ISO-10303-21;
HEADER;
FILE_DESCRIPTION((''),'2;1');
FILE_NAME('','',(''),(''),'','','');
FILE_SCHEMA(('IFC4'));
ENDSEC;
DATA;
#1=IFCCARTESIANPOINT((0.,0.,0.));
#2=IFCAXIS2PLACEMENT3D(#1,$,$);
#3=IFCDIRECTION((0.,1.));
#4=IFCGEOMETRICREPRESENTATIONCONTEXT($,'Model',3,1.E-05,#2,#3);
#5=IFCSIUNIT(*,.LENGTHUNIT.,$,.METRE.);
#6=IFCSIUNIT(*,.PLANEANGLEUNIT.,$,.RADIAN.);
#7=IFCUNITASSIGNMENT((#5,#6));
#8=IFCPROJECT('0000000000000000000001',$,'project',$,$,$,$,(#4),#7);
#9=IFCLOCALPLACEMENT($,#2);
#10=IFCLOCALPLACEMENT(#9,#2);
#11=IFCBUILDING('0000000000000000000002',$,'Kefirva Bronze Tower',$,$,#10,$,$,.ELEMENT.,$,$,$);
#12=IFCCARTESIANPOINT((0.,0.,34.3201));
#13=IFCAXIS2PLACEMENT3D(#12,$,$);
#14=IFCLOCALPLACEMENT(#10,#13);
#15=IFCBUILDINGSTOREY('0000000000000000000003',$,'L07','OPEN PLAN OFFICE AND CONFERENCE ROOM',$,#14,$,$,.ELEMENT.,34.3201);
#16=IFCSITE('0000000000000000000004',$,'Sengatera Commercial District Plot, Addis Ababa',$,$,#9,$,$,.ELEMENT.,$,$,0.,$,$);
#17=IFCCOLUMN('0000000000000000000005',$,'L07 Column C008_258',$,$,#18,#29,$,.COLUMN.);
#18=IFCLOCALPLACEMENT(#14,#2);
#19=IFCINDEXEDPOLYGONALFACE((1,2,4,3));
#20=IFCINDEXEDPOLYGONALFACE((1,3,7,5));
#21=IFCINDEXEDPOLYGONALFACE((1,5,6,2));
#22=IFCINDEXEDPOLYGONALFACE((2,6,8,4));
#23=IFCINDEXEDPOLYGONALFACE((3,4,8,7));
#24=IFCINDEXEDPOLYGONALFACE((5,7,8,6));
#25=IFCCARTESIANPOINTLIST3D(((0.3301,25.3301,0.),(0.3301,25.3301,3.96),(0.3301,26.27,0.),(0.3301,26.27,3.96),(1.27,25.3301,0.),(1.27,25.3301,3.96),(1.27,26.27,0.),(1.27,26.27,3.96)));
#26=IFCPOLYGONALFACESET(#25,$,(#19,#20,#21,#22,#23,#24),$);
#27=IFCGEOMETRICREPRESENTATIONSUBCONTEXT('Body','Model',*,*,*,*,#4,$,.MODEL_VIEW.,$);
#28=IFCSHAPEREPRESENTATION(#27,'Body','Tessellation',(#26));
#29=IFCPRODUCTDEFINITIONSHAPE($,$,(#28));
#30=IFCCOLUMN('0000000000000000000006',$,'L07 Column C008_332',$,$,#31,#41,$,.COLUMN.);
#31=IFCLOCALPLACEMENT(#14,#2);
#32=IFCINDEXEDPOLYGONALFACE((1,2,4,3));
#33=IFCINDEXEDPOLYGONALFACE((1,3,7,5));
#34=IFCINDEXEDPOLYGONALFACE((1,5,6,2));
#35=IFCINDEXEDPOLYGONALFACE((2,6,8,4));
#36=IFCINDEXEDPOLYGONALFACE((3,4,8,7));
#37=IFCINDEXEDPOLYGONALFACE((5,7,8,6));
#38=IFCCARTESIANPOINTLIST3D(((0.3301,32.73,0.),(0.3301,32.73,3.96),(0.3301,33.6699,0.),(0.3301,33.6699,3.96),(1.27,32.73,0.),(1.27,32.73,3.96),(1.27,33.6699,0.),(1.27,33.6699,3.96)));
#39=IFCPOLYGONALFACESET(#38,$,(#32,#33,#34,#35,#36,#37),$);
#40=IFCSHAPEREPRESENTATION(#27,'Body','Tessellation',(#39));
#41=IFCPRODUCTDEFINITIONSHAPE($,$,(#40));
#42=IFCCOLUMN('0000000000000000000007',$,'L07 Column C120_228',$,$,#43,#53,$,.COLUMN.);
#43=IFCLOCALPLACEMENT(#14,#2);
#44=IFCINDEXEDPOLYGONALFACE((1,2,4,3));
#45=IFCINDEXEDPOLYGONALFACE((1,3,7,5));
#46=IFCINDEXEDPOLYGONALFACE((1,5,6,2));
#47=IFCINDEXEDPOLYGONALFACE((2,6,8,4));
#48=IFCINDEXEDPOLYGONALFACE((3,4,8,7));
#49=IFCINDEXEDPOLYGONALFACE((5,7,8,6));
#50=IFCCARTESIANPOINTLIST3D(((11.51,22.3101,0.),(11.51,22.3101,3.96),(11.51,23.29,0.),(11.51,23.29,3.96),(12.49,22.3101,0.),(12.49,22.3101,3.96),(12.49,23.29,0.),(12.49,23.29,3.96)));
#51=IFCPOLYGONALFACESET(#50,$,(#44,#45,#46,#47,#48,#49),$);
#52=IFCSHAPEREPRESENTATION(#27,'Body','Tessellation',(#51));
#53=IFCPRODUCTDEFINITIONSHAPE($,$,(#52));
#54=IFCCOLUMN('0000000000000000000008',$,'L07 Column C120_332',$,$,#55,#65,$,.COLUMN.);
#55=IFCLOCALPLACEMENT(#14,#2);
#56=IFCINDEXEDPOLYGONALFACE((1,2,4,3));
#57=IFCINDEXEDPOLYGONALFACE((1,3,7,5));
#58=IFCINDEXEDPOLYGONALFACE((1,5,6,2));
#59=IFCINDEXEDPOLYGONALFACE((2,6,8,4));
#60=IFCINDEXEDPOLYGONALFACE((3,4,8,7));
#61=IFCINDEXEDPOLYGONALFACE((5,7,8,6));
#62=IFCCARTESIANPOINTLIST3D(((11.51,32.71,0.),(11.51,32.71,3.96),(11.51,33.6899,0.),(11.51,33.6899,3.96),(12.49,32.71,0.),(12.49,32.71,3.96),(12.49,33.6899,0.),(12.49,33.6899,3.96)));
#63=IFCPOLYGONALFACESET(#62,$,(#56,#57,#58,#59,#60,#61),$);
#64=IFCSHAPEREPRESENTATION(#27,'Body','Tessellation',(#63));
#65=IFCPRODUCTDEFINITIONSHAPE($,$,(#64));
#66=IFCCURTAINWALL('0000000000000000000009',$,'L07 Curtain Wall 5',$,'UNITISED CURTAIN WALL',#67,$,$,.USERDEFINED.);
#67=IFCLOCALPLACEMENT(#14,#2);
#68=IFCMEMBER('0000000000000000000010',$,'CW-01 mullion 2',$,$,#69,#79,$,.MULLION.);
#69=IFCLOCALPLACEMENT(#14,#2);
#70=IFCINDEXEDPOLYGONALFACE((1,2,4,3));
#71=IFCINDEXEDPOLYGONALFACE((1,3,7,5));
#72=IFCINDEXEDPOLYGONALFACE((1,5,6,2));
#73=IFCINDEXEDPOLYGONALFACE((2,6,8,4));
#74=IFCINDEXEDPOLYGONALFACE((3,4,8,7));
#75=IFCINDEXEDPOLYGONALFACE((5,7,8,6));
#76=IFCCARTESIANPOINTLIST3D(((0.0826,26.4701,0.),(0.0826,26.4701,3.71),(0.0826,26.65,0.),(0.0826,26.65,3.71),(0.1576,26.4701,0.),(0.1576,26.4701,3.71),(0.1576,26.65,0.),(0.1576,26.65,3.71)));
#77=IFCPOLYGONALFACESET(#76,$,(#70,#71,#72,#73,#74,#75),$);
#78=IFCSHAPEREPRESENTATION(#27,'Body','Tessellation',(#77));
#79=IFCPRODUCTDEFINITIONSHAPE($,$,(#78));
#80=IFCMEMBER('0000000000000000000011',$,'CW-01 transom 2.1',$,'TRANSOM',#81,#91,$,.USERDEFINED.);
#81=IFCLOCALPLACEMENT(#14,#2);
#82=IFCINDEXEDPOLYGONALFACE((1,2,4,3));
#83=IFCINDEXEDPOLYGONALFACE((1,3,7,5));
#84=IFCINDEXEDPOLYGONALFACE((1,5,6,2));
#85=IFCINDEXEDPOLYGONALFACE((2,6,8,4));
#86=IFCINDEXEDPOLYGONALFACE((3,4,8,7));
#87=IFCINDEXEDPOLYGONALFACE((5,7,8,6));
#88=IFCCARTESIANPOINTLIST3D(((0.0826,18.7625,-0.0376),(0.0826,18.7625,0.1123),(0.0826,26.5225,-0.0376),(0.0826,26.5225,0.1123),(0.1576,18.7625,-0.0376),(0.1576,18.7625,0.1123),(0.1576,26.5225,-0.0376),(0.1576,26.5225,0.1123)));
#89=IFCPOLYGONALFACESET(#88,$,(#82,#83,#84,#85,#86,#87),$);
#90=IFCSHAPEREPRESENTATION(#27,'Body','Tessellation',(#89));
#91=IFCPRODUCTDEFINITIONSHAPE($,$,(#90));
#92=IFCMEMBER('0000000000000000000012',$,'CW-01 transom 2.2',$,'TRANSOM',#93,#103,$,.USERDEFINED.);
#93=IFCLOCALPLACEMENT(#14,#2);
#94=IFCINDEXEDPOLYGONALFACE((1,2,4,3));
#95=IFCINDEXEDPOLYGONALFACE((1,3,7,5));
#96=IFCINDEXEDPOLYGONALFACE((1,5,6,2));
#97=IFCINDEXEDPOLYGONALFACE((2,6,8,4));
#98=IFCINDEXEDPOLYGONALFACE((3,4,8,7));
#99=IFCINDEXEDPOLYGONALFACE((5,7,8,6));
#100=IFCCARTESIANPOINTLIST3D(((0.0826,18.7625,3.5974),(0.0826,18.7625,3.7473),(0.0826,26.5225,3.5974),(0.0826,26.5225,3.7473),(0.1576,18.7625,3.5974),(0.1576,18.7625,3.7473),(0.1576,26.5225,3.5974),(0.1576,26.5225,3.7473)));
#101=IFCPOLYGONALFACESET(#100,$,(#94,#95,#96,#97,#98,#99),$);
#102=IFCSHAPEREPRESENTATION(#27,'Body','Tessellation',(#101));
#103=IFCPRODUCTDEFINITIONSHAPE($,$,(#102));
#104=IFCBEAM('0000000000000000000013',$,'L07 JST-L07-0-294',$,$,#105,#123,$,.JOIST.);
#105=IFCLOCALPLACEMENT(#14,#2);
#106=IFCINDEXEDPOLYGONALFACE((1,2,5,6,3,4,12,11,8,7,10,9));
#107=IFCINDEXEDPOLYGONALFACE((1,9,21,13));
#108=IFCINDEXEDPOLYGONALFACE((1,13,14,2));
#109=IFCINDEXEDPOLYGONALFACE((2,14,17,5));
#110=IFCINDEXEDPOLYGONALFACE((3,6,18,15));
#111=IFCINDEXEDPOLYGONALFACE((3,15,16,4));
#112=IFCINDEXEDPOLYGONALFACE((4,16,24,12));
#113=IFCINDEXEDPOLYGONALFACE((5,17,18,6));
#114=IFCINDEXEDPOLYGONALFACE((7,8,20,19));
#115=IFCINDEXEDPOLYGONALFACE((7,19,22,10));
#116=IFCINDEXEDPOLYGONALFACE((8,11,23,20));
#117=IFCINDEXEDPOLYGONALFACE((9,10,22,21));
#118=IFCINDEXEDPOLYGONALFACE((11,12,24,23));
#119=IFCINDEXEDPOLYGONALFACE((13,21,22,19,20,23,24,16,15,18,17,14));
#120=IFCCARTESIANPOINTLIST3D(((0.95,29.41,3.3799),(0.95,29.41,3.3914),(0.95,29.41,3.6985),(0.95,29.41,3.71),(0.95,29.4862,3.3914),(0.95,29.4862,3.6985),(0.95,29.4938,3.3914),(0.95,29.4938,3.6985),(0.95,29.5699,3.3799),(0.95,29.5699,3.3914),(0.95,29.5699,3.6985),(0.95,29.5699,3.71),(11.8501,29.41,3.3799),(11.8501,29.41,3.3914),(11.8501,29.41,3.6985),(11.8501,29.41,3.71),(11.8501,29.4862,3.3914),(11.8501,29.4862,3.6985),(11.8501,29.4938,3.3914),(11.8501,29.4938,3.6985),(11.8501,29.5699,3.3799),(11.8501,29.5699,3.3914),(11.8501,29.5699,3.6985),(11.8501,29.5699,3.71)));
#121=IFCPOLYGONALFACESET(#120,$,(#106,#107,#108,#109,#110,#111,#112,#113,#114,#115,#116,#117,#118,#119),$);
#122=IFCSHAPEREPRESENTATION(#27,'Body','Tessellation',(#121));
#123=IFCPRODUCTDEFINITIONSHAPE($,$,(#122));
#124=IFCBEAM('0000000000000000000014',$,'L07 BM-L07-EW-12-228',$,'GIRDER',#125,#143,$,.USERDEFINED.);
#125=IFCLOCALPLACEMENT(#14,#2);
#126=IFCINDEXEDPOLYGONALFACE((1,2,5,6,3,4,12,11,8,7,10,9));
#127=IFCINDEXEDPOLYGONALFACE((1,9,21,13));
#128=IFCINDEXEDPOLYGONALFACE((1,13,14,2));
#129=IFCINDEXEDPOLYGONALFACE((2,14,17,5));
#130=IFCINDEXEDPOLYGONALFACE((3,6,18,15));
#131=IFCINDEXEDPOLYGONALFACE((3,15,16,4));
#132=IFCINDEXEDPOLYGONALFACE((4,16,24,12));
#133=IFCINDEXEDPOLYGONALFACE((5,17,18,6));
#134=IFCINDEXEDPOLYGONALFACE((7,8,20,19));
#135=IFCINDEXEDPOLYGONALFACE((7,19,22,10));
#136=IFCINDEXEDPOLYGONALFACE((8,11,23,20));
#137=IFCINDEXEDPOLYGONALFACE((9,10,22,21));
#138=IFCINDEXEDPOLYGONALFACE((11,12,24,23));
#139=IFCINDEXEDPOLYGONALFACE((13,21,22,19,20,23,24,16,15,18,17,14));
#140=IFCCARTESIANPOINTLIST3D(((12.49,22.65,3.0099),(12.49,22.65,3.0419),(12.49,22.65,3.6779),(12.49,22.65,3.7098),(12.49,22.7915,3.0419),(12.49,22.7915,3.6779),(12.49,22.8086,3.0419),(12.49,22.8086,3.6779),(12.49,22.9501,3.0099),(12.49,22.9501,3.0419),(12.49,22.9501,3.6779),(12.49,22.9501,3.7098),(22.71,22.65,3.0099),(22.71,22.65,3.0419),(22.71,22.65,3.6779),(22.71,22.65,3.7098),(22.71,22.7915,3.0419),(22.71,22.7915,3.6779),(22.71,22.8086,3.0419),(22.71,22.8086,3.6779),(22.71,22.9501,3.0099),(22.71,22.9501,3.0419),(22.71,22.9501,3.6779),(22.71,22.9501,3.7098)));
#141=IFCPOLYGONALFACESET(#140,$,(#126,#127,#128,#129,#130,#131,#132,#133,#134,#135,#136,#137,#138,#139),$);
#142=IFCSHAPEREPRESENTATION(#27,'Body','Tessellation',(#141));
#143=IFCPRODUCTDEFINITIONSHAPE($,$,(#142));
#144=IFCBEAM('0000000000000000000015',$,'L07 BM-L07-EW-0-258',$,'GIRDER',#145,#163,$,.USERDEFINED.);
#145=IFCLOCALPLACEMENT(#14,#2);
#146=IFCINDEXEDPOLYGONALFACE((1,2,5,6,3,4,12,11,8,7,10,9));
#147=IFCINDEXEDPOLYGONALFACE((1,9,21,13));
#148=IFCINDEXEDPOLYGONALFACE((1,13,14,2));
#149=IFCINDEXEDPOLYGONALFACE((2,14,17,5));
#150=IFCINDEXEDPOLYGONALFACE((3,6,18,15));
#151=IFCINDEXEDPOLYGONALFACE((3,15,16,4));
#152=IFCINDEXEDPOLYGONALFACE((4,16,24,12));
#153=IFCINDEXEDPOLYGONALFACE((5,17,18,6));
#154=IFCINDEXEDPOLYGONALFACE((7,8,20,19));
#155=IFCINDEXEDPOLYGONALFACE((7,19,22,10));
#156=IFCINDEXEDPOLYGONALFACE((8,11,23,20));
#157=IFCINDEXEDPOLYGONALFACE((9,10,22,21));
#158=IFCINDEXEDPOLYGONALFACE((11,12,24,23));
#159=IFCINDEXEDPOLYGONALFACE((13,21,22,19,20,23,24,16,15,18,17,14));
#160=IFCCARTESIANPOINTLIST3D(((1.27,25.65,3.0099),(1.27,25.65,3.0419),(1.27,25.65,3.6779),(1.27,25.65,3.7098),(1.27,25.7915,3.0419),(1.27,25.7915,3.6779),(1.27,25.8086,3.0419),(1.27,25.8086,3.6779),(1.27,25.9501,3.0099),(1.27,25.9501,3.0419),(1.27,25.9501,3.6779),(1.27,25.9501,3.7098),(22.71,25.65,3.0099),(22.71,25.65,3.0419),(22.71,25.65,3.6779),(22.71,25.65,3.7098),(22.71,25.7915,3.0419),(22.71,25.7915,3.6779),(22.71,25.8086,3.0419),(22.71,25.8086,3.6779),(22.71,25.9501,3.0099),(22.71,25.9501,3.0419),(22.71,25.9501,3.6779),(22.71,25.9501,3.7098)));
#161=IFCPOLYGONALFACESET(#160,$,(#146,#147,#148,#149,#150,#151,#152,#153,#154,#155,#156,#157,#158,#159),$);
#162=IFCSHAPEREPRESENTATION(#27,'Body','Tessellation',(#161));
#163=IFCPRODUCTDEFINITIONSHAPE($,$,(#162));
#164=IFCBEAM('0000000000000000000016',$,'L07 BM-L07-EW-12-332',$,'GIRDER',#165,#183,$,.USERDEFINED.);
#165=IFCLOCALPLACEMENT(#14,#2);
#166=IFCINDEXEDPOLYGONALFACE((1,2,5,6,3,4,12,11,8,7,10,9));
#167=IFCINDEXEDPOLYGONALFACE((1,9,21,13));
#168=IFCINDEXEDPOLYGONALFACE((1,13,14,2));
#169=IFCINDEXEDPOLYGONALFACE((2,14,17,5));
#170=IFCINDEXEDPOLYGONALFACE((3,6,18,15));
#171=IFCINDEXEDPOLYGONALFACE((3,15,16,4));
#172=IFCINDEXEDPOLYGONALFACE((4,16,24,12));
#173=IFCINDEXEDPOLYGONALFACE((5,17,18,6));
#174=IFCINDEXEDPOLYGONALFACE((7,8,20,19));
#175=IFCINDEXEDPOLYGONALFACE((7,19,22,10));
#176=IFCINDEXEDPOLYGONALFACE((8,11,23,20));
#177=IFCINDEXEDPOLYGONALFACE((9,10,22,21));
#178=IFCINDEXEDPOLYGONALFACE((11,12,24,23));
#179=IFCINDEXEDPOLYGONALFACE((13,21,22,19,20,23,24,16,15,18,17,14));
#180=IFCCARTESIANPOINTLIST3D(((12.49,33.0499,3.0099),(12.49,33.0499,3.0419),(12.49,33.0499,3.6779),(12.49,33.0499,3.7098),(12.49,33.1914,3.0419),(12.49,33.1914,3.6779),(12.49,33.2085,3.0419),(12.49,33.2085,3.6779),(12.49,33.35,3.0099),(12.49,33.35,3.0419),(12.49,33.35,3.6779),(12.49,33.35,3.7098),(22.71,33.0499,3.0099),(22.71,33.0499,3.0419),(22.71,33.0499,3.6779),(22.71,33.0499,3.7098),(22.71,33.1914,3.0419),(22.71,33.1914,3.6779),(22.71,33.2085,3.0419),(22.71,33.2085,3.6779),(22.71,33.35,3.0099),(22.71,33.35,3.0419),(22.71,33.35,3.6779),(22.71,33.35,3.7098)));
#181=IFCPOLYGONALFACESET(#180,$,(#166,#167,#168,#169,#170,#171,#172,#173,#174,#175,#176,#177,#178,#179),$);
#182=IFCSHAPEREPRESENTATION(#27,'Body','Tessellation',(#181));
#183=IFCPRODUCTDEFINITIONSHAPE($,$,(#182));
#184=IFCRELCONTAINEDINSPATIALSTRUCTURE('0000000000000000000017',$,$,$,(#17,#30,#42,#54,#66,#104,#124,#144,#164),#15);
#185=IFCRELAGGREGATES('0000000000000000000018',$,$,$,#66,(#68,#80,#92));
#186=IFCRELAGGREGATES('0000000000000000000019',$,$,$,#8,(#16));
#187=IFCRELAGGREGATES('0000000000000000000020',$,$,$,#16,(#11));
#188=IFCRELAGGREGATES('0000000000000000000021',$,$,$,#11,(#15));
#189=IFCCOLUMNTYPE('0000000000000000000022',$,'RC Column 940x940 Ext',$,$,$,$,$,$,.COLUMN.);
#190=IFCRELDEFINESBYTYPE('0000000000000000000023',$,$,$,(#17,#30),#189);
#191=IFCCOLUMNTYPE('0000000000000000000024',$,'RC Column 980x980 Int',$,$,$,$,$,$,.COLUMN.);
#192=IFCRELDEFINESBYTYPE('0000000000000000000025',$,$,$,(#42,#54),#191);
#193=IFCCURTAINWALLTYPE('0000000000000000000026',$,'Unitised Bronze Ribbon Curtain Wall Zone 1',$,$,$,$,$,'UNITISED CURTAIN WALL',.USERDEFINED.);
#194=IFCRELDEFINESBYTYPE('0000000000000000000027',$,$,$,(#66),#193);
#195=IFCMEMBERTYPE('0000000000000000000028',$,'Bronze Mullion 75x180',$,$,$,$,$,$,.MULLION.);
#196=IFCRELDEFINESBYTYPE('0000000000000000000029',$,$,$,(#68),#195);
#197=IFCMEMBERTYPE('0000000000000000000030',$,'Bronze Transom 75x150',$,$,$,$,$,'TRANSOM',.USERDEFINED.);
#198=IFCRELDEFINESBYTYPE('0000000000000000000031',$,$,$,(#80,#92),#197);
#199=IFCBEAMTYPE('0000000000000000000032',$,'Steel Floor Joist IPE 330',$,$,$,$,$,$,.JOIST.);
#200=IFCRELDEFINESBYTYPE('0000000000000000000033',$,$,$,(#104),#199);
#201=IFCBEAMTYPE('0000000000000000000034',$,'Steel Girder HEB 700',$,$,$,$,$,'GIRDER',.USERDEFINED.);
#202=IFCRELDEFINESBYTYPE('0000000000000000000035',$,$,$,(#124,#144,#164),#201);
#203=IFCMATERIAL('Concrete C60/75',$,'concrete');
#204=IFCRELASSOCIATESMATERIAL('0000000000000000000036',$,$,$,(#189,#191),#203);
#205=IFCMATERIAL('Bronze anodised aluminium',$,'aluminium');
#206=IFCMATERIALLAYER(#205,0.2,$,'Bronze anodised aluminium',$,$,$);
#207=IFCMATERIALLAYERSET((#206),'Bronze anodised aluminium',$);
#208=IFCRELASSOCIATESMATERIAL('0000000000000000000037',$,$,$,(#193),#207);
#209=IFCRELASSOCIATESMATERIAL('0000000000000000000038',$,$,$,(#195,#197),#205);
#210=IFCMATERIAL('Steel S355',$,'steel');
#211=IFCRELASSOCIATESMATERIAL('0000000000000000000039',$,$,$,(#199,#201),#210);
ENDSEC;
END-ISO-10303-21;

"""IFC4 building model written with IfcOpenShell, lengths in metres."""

from ifc_helpers import new_model, si_unit, direction, frame, origin, origin_2d, place, context, subcontext, project, spatial, rectangle, i_section, extrude, material, layer, layer_set, material_profile, profile_set, type_object, element, aggregate, save


model = new_model("IFC4")

# Units and contexts
model_context = context("Model", 3, precision=1e-05, world=origin(), true_north=direction((0.0, 1.0)))
body_context = subcontext(model_context, "Body", "Model", "MODEL_VIEW")
ifc_project = project(units=[si_unit("LENGTHUNIT", "METRE"), si_unit("PLANEANGLEUNIT", "RADIAN")], contexts=[model_context])

# Site, building, storey
site_placement = place(None, origin())
site = spatial("IfcSite", under=ifc_project, at=site_placement, Name="Sengatera Commercial District Plot, Addis Ababa", CompositionType="ELEMENT", RefElevation=0.0)
building_placement = place(site_placement, origin())
building = spatial("IfcBuilding", under=site, at=building_placement, Name="Kefirva Bronze Tower", CompositionType="ELEMENT")
storey_placement = place(building_placement, frame((0.0, 0.0, 34.3201)))
storey = spatial("IfcBuildingStorey", under=building, at=storey_placement, Name="L07", Description="OPEN PLAN OFFICE AND CONFERENCE ROOM", CompositionType="ELEMENT", Elevation=34.3201)

# Columns
ifc_material_1 = material(Name="Concrete C60/75", Category="concrete")
ifc_material_profile_1 = material_profile(ifc_material_1, rectangle(XDim=0.9399, YDim=0.9399, at=origin_2d()), Name="RC 940x940")
ifc_profile_set_1 = profile_set([ifc_material_profile_1], Name="Concrete C60/75")
column_type_1 = type_object("IfcColumnType", Name="RC Column 940x940 Ext", PredefinedType="COLUMN", material=ifc_profile_set_1)
for number, where, z_axis, x_axis, name in (
    (1, (0.8, 25.8, 0.0), (0.0, 0.0, 1.0), (1.0, 0.0, 0.0), "L07 Column C008_258"),
    (2, (0.8, 33.2, 0.0), (0.0, 0.0, 1.0), (1.0, 0.0, 0.0), "L07 Column C008_332"),
):
    element("IfcColumn", number, at=place(storey_placement, frame(where, z_axis=z_axis, x_axis=x_axis)), inside=storey, type_object=column_type_1, Name=name, PredefinedType="COLUMN", context=body_context, shape_type="SweptSolid", body=[
        extrude(rectangle(XDim=0.9399, YDim=0.9399, at=origin_2d()), origin(), (0.0, 0.0, 1.0), 3.96),
    ])
ifc_material_profile_2 = material_profile(ifc_material_1, rectangle(XDim=0.98, YDim=0.98, at=origin_2d()), Name="RC 980x980")
ifc_profile_set_2 = profile_set([ifc_material_profile_2], Name="Concrete C60/75")
column_type_2 = type_object("IfcColumnType", Name="RC Column 980x980 Int", PredefinedType="COLUMN", material=ifc_profile_set_2)
for number, where, z_axis, x_axis, name in (
    (3, (12.0, 22.8, 0.0), (0.0, 0.0, 1.0), (1.0, 0.0, 0.0), "L07 Column C120_228"),
    (4, (12.0, 33.2, 0.0), (0.0, 0.0, 1.0), (1.0, 0.0, 0.0), "L07 Column C120_332"),
):
    element("IfcColumn", number, at=place(storey_placement, frame(where, z_axis=z_axis, x_axis=x_axis)), inside=storey, type_object=column_type_2, Name=name, PredefinedType="COLUMN", context=body_context, shape_type="SweptSolid", body=[
        extrude(rectangle(XDim=0.98, YDim=0.98, at=origin_2d()), origin(), (0.0, 0.0, 1.0), 3.96),
    ])

# Curtain wall, members
ifc_material_2 = material(Name="Bronze anodised aluminium", Category="aluminium")
ifc_layer_1 = layer(ifc_material_2, 0.2, Name="Bronze anodised aluminium")
ifc_layer_set_1 = layer_set([ifc_layer_1], Name="Bronze anodised aluminium")
curtain_wall_type = type_object("IfcCurtainWallType", Name="Unitised Bronze Ribbon Curtain Wall Zone 1", ElementType="UNITISED CURTAIN WALL", PredefinedType="USERDEFINED", material=ifc_layer_set_1)
curtain_wall_placement = place(storey_placement, origin())
curtain_wall = element("IfcCurtainWall", 5, at=curtain_wall_placement, inside=storey, type_object=curtain_wall_type, Name="L07 Curtain Wall 5", ObjectType="UNITISED CURTAIN WALL", PredefinedType="USERDEFINED")
ifc_material_profile_3 = material_profile(ifc_material_2, rectangle(XDim=0.075, YDim=0.1799, at=origin_2d()), Name="ALU 75x180")
ifc_profile_set_3 = profile_set([ifc_material_profile_3], Name="Bronze anodised aluminium")
member_type_1 = type_object("IfcMemberType", Name="Bronze Mullion 75x180", PredefinedType="MULLION", material=ifc_profile_set_3)
member_1_placement = place(storey_placement, frame((0.1201, 26.5601, 0.0), z_axis=(0.0, 0.0, 1.0), x_axis=(1.0, 0.0, 0.0)))
member_1 = element("IfcMember", 6, at=member_1_placement, type_object=member_type_1, Name="CW-01 mullion 2", PredefinedType="MULLION", context=body_context, shape_type="SweptSolid", body=[
    extrude(rectangle(XDim=0.075, YDim=0.1799, at=origin_2d()), origin(), (0.0, 0.0, 1.0), 3.71),
])
ifc_material_profile_4 = material_profile(ifc_material_2, rectangle(XDim=0.075, YDim=0.1499, at=origin_2d()), Name="ALU 75x150")
ifc_profile_set_4 = profile_set([ifc_material_profile_4], Name="Bronze anodised aluminium")
member_type_2 = type_object("IfcMemberType", Name="Bronze Transom 75x150", ElementType="TRANSOM", PredefinedType="USERDEFINED", material=ifc_profile_set_4)
member_2_placement = place(storey_placement, frame((0.1201, 26.5225, 0.0374), z_axis=(0.0, -1.0, 0.0), x_axis=(1.0, 0.0, 0.0)))
member_2 = element("IfcMember", 7, at=member_2_placement, type_object=member_type_2, Name="CW-01 transom 2.1", ObjectType="TRANSOM", PredefinedType="USERDEFINED", context=body_context, shape_type="SweptSolid", body=[
    extrude(rectangle(XDim=0.075, YDim=0.1499, at=origin_2d()), origin(), (0.0, 0.0, 1.0), 7.76),
])
member_3_placement = place(storey_placement, frame((0.1201, 26.5225, 3.6724), z_axis=(0.0, -1.0, 0.0), x_axis=(1.0, 0.0, 0.0)))
member_3 = element("IfcMember", 8, at=member_3_placement, type_object=member_type_2, Name="CW-01 transom 2.2", ObjectType="TRANSOM", PredefinedType="USERDEFINED", context=body_context, shape_type="SweptSolid", body=[
    extrude(rectangle(XDim=0.075, YDim=0.1499, at=origin_2d()), origin(), (0.0, 0.0, 1.0), 7.76),
])

# Beams
ifc_material_3 = material(Name="Steel S355", Category="steel")
ifc_material_profile_5 = material_profile(ifc_material_3, i_section(OverallWidth=0.1599, OverallDepth=0.3301, WebThickness=0.0076, FlangeThickness=0.0115, at=origin_2d()), Name="IPE 330")
ifc_profile_set_5 = profile_set([ifc_material_profile_5], Name="Steel S355")
beam_type_1 = type_object("IfcBeamType", Name="Steel Floor Joist IPE 330", PredefinedType="JOIST", material=ifc_profile_set_5)
beam_1_placement = place(storey_placement, frame((0.95, 29.49, 3.5449), z_axis=(1.0, 0.0, 0.0), x_axis=(0.0, 1.0, 0.0)))
element("IfcBeam", 9, at=beam_1_placement, inside=storey, type_object=beam_type_1, Name="L07 JST-L07-0-294", PredefinedType="JOIST", context=body_context, shape_type="SweptSolid", body=[
    extrude(i_section(OverallWidth=0.1599, OverallDepth=0.3301, WebThickness=0.0076, FlangeThickness=0.0115, at=origin_2d()), origin(), (0.0, 0.0, 1.0), 10.9001),
])
ifc_material_profile_6 = material_profile(ifc_material_3, i_section(OverallWidth=0.3, OverallDepth=0.7, WebThickness=0.0171, FlangeThickness=0.032, at=origin_2d()), Name="HEB 700")
ifc_profile_set_6 = profile_set([ifc_material_profile_6], Name="Steel S355")
beam_type_2 = type_object("IfcBeamType", Name="Steel Girder HEB 700", ElementType="GIRDER", PredefinedType="USERDEFINED", material=ifc_profile_set_6)
beam_2_placement = place(storey_placement, frame((12.49, 22.8, 3.3599), z_axis=(1.0, 0.0, 0.0), x_axis=(0.0, 1.0, 0.0)))
element("IfcBeam", 10, at=beam_2_placement, inside=storey, type_object=beam_type_2, Name="L07 BM-L07-EW-12-228", ObjectType="GIRDER", PredefinedType="USERDEFINED", context=body_context, shape_type="SweptSolid", body=[
    extrude(i_section(OverallWidth=0.3, OverallDepth=0.7, WebThickness=0.0171, FlangeThickness=0.032, at=origin_2d()), origin(), (0.0, 0.0, 1.0), 10.22),
])
beam_3_placement = place(storey_placement, frame((1.27, 25.8, 3.3599), z_axis=(1.0, 0.0, 0.0), x_axis=(0.0, 1.0, 0.0)))
element("IfcBeam", 11, at=beam_3_placement, inside=storey, type_object=beam_type_2, Name="L07 BM-L07-EW-0-258", ObjectType="GIRDER", PredefinedType="USERDEFINED", context=body_context, shape_type="SweptSolid", body=[
    extrude(i_section(OverallWidth=0.3, OverallDepth=0.7, WebThickness=0.0171, FlangeThickness=0.032, at=origin_2d()), origin(), (0.0, 0.0, 1.0), 21.4399),
])
beam_4_placement = place(storey_placement, frame((12.49, 33.2, 3.3599), z_axis=(1.0, 0.0, 0.0), x_axis=(0.0, 1.0, 0.0)))
element("IfcBeam", 12, at=beam_4_placement, inside=storey, type_object=beam_type_2, Name="L07 BM-L07-EW-12-332", ObjectType="GIRDER", PredefinedType="USERDEFINED", context=body_context, shape_type="SweptSolid", body=[
    extrude(i_section(OverallWidth=0.3, OverallDepth=0.7, WebThickness=0.0171, FlangeThickness=0.032, at=origin_2d()), origin(), (0.0, 0.0, 1.0), 10.22),
])

aggregate(curtain_wall, [member_1, member_2, member_3])

save(model, "model.ifc")
